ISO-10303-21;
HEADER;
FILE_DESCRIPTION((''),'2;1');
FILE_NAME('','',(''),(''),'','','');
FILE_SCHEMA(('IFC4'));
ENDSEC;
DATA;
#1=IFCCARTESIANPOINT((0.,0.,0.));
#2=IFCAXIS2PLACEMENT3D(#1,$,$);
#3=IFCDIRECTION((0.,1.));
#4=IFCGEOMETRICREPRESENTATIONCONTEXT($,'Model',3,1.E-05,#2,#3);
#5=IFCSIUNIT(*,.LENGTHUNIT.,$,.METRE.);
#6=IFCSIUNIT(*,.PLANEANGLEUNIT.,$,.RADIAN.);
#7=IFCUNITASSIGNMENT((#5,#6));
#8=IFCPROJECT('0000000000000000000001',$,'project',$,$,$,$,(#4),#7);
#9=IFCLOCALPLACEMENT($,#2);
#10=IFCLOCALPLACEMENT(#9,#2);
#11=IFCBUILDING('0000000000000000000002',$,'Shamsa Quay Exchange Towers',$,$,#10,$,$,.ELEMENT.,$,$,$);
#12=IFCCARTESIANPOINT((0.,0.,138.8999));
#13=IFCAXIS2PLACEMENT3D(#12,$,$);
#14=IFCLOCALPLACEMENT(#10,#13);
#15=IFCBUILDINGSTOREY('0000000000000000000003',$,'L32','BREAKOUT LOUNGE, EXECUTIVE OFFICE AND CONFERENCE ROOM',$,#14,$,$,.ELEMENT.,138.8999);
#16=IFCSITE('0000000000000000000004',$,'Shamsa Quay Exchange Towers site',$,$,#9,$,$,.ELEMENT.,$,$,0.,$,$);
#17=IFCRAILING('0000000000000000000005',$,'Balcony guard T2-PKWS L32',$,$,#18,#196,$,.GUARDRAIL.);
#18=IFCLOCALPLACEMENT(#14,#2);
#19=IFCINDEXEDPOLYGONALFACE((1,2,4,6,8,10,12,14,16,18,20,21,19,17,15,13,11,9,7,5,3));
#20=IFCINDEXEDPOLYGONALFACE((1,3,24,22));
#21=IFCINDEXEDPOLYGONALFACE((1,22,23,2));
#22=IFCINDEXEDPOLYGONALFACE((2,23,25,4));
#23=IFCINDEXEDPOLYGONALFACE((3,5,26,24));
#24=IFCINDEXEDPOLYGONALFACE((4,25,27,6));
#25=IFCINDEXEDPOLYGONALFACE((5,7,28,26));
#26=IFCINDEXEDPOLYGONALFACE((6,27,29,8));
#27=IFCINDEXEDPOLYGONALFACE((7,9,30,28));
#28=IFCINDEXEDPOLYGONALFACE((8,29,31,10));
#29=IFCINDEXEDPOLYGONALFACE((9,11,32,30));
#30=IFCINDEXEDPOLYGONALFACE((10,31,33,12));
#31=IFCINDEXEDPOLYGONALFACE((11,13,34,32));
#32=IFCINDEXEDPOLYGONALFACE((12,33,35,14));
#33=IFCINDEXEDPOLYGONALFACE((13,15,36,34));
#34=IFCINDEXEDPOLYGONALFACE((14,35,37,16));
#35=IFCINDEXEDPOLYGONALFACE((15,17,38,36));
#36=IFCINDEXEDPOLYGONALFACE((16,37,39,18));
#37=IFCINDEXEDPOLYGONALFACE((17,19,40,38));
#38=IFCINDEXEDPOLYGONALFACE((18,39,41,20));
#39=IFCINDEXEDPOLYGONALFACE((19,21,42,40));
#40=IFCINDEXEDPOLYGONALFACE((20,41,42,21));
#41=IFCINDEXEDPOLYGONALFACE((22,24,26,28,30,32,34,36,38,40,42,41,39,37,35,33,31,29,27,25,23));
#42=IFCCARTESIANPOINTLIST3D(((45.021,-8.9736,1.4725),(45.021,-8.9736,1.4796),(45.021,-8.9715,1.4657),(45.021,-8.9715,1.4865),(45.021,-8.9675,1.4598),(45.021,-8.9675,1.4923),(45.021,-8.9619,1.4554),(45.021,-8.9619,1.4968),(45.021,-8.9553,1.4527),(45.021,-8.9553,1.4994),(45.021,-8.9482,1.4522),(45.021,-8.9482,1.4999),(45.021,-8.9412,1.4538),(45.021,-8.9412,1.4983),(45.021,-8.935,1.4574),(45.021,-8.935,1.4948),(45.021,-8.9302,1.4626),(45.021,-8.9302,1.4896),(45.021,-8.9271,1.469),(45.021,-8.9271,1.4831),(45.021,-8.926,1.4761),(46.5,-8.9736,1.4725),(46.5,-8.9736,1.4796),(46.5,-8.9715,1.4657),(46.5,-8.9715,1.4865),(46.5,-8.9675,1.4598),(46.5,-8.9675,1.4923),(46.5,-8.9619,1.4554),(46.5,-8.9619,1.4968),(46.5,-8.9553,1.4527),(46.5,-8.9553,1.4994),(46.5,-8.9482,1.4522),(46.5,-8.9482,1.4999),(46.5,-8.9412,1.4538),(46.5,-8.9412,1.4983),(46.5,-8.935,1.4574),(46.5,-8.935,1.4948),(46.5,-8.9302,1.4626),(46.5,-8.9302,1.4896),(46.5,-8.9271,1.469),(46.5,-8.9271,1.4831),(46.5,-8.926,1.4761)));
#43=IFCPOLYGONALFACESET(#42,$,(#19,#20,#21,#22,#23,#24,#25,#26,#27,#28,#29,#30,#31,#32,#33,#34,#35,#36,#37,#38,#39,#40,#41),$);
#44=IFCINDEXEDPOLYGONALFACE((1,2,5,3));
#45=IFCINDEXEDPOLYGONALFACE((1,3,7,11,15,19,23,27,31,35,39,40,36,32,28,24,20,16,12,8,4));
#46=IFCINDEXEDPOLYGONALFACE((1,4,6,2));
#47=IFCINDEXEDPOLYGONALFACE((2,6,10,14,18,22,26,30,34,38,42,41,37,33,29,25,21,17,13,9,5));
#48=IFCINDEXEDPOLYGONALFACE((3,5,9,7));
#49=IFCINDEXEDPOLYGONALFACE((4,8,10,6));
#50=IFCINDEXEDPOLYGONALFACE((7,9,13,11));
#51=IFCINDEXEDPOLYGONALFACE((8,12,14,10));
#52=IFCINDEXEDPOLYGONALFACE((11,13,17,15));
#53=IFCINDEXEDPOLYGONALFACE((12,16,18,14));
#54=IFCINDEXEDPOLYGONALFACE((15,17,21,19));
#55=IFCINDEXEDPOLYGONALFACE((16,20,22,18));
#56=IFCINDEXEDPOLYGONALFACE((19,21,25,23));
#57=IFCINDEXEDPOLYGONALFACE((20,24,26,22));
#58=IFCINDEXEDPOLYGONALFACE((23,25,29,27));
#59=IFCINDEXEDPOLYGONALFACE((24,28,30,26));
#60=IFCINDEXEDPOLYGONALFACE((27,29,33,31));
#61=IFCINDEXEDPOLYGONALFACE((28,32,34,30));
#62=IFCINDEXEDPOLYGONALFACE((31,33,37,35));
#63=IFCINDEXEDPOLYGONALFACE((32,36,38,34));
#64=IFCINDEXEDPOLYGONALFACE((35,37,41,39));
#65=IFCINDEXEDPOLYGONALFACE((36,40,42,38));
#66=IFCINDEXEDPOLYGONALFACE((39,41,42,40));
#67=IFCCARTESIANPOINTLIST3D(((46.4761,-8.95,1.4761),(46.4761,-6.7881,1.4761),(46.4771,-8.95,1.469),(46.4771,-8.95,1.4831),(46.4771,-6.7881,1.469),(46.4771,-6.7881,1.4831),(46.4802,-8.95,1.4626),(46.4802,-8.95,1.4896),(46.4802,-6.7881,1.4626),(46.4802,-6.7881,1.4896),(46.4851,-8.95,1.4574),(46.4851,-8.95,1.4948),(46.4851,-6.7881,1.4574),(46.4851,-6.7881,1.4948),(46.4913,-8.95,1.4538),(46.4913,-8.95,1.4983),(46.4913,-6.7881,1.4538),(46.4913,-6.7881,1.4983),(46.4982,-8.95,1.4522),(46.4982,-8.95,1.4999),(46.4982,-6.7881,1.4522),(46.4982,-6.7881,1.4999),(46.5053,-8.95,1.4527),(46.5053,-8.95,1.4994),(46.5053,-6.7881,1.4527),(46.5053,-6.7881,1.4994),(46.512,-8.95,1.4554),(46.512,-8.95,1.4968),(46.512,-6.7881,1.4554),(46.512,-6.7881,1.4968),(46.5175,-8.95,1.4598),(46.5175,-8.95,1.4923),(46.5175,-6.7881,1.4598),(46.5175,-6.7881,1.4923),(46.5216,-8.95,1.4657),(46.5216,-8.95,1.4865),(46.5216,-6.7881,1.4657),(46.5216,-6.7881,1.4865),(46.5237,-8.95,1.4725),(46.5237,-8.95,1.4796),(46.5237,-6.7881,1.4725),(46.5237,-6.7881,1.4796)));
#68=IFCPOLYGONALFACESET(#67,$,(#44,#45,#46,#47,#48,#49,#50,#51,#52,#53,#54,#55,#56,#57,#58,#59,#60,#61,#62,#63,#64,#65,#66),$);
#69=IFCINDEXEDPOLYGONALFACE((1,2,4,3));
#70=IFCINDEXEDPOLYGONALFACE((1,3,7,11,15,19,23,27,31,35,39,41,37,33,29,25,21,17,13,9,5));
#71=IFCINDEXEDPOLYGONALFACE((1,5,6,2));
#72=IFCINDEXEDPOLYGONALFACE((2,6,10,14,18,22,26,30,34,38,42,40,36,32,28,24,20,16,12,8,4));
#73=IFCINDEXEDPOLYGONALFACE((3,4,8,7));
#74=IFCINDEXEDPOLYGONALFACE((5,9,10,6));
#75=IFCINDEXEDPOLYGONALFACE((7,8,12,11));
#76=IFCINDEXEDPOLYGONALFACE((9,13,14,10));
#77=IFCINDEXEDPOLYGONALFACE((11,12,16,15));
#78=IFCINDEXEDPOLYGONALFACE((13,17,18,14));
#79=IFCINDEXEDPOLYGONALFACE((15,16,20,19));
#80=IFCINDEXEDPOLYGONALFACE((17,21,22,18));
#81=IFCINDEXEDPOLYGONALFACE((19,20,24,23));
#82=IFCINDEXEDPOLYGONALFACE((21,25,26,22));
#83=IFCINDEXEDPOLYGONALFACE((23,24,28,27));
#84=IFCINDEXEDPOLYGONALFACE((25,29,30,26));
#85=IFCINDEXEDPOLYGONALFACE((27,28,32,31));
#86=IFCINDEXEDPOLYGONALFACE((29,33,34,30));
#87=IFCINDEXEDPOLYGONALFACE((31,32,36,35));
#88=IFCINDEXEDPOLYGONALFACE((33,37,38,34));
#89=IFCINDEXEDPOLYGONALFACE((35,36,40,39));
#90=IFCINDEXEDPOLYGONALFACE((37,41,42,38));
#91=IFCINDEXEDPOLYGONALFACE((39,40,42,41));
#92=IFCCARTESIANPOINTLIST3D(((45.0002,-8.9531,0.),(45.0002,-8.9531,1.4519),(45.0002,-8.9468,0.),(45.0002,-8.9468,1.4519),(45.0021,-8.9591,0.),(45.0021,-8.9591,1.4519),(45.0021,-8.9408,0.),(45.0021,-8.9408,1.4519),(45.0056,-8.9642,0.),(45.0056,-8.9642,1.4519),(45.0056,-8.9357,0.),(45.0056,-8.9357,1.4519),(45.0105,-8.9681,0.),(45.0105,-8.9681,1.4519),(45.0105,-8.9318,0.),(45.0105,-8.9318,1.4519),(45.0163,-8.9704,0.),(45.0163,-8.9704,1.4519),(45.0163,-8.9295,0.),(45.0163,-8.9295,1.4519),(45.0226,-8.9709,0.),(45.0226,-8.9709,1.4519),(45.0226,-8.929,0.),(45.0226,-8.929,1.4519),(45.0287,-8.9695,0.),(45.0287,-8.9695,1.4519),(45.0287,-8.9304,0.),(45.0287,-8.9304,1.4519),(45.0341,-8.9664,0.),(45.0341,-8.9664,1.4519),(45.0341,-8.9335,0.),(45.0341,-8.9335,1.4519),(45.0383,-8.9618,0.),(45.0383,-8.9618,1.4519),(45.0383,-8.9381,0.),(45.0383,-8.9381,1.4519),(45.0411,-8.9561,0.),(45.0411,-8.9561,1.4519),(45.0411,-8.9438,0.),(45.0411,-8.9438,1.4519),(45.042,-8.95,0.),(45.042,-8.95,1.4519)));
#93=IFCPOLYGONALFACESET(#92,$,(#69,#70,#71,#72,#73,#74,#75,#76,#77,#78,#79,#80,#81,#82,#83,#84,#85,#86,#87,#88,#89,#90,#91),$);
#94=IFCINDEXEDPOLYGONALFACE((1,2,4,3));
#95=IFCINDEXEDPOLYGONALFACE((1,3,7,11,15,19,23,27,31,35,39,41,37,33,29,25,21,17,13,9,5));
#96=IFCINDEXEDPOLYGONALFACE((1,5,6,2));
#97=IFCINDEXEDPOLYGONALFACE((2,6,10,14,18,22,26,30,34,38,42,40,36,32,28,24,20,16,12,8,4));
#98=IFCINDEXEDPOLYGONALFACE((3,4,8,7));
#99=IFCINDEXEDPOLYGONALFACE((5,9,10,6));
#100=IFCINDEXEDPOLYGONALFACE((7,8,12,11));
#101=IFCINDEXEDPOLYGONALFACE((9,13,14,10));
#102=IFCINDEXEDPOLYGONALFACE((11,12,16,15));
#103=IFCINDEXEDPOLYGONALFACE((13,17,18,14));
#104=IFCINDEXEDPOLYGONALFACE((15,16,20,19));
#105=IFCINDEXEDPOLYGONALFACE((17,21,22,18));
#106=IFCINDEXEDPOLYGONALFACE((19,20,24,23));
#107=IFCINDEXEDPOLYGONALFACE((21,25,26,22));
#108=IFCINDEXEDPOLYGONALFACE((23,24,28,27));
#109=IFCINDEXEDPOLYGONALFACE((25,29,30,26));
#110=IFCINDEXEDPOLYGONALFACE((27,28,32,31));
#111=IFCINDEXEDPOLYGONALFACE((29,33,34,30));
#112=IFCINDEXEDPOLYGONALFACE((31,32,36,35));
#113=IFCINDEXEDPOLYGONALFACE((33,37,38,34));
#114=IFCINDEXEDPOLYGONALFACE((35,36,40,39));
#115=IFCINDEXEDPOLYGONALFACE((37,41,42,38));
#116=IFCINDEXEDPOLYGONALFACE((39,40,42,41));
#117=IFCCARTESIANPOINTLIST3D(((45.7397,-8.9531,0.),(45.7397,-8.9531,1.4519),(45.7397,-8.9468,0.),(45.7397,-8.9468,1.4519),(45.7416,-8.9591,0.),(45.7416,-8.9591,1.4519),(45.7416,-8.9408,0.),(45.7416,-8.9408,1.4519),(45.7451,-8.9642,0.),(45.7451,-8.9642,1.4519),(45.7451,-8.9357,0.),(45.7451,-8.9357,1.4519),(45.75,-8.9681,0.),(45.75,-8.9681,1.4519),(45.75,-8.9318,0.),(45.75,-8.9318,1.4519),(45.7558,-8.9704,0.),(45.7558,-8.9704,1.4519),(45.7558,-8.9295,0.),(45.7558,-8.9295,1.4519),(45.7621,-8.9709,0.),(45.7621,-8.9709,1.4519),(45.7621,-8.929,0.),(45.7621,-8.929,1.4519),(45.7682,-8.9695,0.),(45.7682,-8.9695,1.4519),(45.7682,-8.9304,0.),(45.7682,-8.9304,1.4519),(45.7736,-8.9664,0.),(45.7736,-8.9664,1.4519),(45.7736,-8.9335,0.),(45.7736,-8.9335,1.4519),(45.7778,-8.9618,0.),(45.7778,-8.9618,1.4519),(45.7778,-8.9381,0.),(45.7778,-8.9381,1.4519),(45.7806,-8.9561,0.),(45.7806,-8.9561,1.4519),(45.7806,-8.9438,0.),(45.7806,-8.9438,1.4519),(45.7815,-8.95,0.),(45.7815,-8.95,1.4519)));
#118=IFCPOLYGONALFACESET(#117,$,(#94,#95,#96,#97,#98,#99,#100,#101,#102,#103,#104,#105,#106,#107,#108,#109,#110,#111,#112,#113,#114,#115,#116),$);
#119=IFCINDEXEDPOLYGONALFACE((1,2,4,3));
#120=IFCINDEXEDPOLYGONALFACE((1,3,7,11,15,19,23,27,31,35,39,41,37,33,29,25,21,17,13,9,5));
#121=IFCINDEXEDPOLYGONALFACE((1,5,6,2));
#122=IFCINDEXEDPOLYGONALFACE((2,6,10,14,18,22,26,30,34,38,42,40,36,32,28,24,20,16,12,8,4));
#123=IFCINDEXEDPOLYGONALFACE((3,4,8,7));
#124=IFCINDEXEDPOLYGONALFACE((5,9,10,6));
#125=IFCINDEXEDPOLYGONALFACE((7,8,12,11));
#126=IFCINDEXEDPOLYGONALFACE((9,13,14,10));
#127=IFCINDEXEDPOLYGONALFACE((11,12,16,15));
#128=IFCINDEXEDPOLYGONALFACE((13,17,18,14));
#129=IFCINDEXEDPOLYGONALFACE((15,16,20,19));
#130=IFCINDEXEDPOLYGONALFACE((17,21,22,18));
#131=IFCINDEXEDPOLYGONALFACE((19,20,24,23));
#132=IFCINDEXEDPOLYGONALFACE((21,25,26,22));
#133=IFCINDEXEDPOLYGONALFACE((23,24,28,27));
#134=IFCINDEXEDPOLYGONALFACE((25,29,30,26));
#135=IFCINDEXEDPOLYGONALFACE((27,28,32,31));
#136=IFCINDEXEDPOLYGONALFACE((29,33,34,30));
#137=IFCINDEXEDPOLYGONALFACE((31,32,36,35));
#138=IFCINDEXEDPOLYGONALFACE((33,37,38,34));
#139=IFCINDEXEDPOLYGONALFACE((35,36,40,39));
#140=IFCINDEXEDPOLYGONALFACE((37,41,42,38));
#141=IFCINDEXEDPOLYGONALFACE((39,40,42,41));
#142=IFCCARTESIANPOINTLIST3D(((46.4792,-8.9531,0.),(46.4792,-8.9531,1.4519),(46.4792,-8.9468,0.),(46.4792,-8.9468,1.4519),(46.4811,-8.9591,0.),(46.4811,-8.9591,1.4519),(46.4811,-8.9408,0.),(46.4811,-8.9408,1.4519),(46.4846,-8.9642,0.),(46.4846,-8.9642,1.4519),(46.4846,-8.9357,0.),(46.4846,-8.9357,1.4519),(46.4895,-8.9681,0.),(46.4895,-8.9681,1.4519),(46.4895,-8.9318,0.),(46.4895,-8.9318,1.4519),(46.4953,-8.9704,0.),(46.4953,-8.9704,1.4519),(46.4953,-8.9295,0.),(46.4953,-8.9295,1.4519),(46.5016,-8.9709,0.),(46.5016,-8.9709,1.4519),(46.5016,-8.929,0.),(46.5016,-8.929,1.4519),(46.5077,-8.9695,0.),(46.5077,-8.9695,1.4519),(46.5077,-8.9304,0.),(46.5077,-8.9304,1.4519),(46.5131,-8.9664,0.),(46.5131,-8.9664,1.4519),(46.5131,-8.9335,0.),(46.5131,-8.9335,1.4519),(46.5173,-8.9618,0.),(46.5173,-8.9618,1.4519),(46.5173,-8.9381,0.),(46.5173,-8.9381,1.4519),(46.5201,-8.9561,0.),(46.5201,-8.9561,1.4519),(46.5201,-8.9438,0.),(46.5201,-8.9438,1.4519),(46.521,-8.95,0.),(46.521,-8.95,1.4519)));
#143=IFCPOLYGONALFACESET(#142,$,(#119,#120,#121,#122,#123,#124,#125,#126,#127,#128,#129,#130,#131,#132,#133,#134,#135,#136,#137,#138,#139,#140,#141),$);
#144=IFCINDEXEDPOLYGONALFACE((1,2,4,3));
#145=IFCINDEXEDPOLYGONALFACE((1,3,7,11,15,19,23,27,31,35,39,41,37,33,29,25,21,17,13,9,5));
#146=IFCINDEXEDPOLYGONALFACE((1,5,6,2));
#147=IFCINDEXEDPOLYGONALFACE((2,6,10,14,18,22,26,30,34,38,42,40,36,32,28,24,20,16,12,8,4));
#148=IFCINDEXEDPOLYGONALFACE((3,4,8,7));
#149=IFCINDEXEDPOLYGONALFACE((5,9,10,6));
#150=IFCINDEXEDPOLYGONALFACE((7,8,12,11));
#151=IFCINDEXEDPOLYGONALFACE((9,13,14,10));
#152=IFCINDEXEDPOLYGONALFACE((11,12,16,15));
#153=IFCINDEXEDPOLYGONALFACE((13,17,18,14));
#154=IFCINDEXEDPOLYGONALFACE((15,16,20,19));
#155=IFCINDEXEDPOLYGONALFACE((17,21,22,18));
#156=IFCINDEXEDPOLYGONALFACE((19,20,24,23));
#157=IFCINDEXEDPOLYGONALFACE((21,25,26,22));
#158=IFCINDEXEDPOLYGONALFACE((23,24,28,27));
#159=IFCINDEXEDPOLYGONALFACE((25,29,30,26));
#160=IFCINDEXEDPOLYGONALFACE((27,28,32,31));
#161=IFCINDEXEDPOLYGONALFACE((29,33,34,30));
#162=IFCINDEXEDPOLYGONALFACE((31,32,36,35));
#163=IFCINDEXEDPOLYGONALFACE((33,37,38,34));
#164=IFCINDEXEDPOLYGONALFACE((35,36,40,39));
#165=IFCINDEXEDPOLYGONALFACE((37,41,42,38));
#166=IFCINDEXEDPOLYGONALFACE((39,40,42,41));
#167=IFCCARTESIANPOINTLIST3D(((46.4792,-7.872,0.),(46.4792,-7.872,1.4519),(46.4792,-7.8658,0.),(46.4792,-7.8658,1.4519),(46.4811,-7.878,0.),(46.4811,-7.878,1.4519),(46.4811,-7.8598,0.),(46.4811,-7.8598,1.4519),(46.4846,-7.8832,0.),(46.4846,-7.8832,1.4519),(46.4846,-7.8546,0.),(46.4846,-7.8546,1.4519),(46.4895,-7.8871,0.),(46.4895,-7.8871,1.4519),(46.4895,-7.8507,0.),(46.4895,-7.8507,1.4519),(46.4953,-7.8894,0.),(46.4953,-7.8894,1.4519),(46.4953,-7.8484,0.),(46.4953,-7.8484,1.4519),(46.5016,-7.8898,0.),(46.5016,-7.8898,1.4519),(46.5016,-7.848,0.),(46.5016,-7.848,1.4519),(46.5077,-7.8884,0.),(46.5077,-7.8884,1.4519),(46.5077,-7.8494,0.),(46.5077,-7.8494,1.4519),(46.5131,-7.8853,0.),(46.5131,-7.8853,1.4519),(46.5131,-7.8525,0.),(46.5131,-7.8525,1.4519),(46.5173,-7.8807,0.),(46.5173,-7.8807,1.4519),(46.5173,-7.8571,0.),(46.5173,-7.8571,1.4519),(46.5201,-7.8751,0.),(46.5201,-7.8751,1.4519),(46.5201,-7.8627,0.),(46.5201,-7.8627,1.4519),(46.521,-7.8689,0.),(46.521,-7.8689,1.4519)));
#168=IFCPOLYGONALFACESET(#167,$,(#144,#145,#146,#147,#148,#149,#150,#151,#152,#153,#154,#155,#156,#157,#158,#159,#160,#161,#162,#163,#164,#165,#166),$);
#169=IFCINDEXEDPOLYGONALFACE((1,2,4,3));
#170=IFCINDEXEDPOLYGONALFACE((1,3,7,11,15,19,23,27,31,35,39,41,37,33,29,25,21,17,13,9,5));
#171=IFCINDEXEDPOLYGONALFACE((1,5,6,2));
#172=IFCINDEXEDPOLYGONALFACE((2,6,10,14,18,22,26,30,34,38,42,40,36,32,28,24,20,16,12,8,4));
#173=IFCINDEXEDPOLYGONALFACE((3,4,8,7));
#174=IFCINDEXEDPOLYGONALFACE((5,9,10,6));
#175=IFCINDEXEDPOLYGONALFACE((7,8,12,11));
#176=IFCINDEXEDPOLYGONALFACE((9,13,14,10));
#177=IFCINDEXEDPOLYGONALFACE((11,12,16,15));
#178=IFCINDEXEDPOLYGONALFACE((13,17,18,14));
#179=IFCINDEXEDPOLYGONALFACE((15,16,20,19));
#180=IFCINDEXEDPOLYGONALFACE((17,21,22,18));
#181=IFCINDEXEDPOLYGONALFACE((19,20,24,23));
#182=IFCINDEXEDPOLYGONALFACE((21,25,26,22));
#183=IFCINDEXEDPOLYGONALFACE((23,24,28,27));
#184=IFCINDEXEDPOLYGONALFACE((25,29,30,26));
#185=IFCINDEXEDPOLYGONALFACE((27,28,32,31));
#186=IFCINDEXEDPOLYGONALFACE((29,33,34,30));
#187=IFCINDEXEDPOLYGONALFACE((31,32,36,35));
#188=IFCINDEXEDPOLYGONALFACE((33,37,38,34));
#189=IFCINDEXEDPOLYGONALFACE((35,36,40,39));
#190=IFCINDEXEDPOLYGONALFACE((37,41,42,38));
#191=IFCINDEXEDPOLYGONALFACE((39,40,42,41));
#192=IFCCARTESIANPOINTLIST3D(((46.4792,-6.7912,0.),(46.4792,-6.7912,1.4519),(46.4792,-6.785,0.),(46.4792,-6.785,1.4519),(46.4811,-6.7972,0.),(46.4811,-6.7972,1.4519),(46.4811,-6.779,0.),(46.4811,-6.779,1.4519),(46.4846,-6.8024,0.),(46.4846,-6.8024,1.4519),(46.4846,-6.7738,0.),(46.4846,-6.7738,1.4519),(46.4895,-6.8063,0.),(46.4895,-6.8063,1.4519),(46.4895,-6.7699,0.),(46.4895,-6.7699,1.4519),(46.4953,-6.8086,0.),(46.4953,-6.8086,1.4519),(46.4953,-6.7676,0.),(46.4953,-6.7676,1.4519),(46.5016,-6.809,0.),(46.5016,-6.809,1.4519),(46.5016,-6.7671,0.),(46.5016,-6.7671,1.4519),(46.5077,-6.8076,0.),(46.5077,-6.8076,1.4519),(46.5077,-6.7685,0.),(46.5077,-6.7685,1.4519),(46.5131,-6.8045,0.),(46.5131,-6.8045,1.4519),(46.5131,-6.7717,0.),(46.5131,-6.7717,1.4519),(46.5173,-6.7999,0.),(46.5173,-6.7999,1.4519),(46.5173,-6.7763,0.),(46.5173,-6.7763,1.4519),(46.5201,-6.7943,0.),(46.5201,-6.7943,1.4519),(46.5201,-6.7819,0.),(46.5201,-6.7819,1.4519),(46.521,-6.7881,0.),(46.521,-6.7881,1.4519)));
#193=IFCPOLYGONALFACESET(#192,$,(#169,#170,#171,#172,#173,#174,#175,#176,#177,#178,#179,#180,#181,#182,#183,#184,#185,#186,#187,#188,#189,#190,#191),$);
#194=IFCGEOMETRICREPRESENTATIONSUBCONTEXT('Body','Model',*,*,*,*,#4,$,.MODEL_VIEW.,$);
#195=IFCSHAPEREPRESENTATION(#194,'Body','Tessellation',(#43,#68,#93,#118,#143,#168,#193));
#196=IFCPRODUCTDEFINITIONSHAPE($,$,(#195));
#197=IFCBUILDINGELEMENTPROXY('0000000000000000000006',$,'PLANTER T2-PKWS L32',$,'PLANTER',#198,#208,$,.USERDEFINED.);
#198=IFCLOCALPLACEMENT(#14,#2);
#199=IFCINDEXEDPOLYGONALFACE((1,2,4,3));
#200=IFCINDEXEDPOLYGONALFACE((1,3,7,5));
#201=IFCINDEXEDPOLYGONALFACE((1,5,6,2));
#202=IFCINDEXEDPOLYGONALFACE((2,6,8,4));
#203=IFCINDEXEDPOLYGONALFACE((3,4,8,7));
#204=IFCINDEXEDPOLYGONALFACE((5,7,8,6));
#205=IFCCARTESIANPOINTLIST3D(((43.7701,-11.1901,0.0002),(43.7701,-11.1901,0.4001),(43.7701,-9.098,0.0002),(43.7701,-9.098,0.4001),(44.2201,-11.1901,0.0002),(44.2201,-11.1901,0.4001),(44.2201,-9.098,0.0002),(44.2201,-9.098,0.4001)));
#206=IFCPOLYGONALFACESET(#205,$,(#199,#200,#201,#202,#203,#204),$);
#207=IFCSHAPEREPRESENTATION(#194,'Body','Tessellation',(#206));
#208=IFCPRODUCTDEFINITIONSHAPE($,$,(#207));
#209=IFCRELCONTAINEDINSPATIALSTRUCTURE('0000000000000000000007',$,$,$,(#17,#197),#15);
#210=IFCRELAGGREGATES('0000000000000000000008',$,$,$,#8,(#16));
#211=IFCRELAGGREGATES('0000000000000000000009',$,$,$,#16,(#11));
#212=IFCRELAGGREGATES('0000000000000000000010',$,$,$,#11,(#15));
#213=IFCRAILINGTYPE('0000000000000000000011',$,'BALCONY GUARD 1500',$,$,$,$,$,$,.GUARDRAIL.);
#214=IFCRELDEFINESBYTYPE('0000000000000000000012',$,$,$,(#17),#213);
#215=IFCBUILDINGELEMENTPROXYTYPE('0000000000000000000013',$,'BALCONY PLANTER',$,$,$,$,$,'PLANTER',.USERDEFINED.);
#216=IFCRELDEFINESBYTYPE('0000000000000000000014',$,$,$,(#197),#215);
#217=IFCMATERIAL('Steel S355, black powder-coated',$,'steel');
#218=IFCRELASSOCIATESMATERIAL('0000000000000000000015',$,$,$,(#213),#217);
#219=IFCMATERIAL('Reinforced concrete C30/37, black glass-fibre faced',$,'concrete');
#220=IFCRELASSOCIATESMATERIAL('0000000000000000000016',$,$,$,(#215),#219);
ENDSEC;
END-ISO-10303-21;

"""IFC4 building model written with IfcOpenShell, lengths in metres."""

from ifc_helpers import new_model, si_unit, direction, frame, origin, origin_2d, place, context, subcontext, project, spatial, rectangle, circle, extrude, material, type_object, element, save


model = new_model("IFC4")

# Units and contexts
model_context = context("Model", 3, precision=1e-05, world=origin(), true_north=direction((0.0, 1.0)))
body_context = subcontext(model_context, "Body", "Model", "MODEL_VIEW")
ifc_project = project(units=[si_unit("LENGTHUNIT", "METRE"), si_unit("PLANEANGLEUNIT", "RADIAN")], contexts=[model_context])

# Site, building, storey
site_placement = place(None, origin())
site = spatial("IfcSite", under=ifc_project, at=site_placement, Name="Shamsa Quay Exchange Towers site", CompositionType="ELEMENT", RefElevation=0.0)
building_placement = place(site_placement, origin())
building = spatial("IfcBuilding", under=site, at=building_placement, Name="Shamsa Quay Exchange Towers", CompositionType="ELEMENT")
storey_placement = place(building_placement, frame((0.0, 0.0, 138.8999)))
storey = spatial("IfcBuildingStorey", under=building, at=storey_placement, Name="L32", Description="BREAKOUT LOUNGE, EXECUTIVE OFFICE AND CONFERENCE ROOM", CompositionType="ELEMENT", Elevation=138.8999)

# Railing
ifc_material_1 = material(Name="Steel S355, black powder-coated", Category="steel")
railing_type = type_object("IfcRailingType", Name="BALCONY GUARD 1500", PredefinedType="GUARDRAIL", material=ifc_material_1)
for number, where, name in (
    (1, (45.021, -8.95, 0.0), "Balcony guard T2-PKWS L32"),
):
    element("IfcRailing", number, at=place(storey_placement, frame(where)), inside=storey, type_object=railing_type, Name=name, PredefinedType="GUARDRAIL", context=body_context, shape_type="SweptSolid", body=[
        extrude(circle(Radius=0.0239, at=origin_2d()), frame((0.0, 0.0, 1.4761), z_axis=(1.0, 0.0, 0.0), x_axis=(0.0, 1.0, 0.0)), (0.0, 0.0, 1.0), 1.479),
        extrude(circle(Radius=0.0239, at=origin_2d()), frame((1.479, 0.0, 1.4761), z_axis=(0.0, 1.0, 0.0), x_axis=(-1.0, 0.0, 0.0)), (0.0, 0.0, 1.0), 2.1619),
        extrude(circle(Radius=0.021, at=origin_2d()), origin(), (0.0, 0.0, 1.0), 1.4519),
        extrude(circle(Radius=0.021, at=origin_2d()), frame((0.7395, 0.0, 0.0)), (0.0, 0.0, 1.0), 1.4519),
        extrude(circle(Radius=0.021, at=origin_2d()), frame((1.479, 0.0, 0.0)), (0.0, 0.0, 1.0), 1.4519),
        extrude(circle(Radius=0.021, at=origin_2d()), frame((1.479, 1.0811, 0.0)), (0.0, 0.0, 1.0), 1.4519),
        extrude(circle(Radius=0.021, at=origin_2d()), frame((1.479, 2.1619, 0.0)), (0.0, 0.0, 1.0), 1.4519),
    ])

# Building element proxy
ifc_material_2 = material(Name="Reinforced concrete C30/37, black glass-fibre faced", Category="concrete")
building_element_proxy_type = type_object("IfcBuildingElementProxyType", Name="BALCONY PLANTER", ElementType="PLANTER", PredefinedType="USERDEFINED", material=ifc_material_2)
proxy_placement = place(storey_placement, frame((43.9951, -10.144, 0.0002), z_axis=(0.0, 0.0, 1.0), x_axis=(0.0, 1.0, 0.0)))
element("IfcBuildingElementProxy", 2, at=proxy_placement, inside=storey, type_object=building_element_proxy_type, Name="PLANTER T2-PKWS L32", ObjectType="PLANTER", PredefinedType="USERDEFINED", context=body_context, shape_type="SweptSolid", body=[
    extrude(rectangle(XDim=2.092, YDim=0.45, at=origin_2d()), origin(), (0.0, 0.0, 1.0), 0.3999),
])

save(model, "model.ifc")
